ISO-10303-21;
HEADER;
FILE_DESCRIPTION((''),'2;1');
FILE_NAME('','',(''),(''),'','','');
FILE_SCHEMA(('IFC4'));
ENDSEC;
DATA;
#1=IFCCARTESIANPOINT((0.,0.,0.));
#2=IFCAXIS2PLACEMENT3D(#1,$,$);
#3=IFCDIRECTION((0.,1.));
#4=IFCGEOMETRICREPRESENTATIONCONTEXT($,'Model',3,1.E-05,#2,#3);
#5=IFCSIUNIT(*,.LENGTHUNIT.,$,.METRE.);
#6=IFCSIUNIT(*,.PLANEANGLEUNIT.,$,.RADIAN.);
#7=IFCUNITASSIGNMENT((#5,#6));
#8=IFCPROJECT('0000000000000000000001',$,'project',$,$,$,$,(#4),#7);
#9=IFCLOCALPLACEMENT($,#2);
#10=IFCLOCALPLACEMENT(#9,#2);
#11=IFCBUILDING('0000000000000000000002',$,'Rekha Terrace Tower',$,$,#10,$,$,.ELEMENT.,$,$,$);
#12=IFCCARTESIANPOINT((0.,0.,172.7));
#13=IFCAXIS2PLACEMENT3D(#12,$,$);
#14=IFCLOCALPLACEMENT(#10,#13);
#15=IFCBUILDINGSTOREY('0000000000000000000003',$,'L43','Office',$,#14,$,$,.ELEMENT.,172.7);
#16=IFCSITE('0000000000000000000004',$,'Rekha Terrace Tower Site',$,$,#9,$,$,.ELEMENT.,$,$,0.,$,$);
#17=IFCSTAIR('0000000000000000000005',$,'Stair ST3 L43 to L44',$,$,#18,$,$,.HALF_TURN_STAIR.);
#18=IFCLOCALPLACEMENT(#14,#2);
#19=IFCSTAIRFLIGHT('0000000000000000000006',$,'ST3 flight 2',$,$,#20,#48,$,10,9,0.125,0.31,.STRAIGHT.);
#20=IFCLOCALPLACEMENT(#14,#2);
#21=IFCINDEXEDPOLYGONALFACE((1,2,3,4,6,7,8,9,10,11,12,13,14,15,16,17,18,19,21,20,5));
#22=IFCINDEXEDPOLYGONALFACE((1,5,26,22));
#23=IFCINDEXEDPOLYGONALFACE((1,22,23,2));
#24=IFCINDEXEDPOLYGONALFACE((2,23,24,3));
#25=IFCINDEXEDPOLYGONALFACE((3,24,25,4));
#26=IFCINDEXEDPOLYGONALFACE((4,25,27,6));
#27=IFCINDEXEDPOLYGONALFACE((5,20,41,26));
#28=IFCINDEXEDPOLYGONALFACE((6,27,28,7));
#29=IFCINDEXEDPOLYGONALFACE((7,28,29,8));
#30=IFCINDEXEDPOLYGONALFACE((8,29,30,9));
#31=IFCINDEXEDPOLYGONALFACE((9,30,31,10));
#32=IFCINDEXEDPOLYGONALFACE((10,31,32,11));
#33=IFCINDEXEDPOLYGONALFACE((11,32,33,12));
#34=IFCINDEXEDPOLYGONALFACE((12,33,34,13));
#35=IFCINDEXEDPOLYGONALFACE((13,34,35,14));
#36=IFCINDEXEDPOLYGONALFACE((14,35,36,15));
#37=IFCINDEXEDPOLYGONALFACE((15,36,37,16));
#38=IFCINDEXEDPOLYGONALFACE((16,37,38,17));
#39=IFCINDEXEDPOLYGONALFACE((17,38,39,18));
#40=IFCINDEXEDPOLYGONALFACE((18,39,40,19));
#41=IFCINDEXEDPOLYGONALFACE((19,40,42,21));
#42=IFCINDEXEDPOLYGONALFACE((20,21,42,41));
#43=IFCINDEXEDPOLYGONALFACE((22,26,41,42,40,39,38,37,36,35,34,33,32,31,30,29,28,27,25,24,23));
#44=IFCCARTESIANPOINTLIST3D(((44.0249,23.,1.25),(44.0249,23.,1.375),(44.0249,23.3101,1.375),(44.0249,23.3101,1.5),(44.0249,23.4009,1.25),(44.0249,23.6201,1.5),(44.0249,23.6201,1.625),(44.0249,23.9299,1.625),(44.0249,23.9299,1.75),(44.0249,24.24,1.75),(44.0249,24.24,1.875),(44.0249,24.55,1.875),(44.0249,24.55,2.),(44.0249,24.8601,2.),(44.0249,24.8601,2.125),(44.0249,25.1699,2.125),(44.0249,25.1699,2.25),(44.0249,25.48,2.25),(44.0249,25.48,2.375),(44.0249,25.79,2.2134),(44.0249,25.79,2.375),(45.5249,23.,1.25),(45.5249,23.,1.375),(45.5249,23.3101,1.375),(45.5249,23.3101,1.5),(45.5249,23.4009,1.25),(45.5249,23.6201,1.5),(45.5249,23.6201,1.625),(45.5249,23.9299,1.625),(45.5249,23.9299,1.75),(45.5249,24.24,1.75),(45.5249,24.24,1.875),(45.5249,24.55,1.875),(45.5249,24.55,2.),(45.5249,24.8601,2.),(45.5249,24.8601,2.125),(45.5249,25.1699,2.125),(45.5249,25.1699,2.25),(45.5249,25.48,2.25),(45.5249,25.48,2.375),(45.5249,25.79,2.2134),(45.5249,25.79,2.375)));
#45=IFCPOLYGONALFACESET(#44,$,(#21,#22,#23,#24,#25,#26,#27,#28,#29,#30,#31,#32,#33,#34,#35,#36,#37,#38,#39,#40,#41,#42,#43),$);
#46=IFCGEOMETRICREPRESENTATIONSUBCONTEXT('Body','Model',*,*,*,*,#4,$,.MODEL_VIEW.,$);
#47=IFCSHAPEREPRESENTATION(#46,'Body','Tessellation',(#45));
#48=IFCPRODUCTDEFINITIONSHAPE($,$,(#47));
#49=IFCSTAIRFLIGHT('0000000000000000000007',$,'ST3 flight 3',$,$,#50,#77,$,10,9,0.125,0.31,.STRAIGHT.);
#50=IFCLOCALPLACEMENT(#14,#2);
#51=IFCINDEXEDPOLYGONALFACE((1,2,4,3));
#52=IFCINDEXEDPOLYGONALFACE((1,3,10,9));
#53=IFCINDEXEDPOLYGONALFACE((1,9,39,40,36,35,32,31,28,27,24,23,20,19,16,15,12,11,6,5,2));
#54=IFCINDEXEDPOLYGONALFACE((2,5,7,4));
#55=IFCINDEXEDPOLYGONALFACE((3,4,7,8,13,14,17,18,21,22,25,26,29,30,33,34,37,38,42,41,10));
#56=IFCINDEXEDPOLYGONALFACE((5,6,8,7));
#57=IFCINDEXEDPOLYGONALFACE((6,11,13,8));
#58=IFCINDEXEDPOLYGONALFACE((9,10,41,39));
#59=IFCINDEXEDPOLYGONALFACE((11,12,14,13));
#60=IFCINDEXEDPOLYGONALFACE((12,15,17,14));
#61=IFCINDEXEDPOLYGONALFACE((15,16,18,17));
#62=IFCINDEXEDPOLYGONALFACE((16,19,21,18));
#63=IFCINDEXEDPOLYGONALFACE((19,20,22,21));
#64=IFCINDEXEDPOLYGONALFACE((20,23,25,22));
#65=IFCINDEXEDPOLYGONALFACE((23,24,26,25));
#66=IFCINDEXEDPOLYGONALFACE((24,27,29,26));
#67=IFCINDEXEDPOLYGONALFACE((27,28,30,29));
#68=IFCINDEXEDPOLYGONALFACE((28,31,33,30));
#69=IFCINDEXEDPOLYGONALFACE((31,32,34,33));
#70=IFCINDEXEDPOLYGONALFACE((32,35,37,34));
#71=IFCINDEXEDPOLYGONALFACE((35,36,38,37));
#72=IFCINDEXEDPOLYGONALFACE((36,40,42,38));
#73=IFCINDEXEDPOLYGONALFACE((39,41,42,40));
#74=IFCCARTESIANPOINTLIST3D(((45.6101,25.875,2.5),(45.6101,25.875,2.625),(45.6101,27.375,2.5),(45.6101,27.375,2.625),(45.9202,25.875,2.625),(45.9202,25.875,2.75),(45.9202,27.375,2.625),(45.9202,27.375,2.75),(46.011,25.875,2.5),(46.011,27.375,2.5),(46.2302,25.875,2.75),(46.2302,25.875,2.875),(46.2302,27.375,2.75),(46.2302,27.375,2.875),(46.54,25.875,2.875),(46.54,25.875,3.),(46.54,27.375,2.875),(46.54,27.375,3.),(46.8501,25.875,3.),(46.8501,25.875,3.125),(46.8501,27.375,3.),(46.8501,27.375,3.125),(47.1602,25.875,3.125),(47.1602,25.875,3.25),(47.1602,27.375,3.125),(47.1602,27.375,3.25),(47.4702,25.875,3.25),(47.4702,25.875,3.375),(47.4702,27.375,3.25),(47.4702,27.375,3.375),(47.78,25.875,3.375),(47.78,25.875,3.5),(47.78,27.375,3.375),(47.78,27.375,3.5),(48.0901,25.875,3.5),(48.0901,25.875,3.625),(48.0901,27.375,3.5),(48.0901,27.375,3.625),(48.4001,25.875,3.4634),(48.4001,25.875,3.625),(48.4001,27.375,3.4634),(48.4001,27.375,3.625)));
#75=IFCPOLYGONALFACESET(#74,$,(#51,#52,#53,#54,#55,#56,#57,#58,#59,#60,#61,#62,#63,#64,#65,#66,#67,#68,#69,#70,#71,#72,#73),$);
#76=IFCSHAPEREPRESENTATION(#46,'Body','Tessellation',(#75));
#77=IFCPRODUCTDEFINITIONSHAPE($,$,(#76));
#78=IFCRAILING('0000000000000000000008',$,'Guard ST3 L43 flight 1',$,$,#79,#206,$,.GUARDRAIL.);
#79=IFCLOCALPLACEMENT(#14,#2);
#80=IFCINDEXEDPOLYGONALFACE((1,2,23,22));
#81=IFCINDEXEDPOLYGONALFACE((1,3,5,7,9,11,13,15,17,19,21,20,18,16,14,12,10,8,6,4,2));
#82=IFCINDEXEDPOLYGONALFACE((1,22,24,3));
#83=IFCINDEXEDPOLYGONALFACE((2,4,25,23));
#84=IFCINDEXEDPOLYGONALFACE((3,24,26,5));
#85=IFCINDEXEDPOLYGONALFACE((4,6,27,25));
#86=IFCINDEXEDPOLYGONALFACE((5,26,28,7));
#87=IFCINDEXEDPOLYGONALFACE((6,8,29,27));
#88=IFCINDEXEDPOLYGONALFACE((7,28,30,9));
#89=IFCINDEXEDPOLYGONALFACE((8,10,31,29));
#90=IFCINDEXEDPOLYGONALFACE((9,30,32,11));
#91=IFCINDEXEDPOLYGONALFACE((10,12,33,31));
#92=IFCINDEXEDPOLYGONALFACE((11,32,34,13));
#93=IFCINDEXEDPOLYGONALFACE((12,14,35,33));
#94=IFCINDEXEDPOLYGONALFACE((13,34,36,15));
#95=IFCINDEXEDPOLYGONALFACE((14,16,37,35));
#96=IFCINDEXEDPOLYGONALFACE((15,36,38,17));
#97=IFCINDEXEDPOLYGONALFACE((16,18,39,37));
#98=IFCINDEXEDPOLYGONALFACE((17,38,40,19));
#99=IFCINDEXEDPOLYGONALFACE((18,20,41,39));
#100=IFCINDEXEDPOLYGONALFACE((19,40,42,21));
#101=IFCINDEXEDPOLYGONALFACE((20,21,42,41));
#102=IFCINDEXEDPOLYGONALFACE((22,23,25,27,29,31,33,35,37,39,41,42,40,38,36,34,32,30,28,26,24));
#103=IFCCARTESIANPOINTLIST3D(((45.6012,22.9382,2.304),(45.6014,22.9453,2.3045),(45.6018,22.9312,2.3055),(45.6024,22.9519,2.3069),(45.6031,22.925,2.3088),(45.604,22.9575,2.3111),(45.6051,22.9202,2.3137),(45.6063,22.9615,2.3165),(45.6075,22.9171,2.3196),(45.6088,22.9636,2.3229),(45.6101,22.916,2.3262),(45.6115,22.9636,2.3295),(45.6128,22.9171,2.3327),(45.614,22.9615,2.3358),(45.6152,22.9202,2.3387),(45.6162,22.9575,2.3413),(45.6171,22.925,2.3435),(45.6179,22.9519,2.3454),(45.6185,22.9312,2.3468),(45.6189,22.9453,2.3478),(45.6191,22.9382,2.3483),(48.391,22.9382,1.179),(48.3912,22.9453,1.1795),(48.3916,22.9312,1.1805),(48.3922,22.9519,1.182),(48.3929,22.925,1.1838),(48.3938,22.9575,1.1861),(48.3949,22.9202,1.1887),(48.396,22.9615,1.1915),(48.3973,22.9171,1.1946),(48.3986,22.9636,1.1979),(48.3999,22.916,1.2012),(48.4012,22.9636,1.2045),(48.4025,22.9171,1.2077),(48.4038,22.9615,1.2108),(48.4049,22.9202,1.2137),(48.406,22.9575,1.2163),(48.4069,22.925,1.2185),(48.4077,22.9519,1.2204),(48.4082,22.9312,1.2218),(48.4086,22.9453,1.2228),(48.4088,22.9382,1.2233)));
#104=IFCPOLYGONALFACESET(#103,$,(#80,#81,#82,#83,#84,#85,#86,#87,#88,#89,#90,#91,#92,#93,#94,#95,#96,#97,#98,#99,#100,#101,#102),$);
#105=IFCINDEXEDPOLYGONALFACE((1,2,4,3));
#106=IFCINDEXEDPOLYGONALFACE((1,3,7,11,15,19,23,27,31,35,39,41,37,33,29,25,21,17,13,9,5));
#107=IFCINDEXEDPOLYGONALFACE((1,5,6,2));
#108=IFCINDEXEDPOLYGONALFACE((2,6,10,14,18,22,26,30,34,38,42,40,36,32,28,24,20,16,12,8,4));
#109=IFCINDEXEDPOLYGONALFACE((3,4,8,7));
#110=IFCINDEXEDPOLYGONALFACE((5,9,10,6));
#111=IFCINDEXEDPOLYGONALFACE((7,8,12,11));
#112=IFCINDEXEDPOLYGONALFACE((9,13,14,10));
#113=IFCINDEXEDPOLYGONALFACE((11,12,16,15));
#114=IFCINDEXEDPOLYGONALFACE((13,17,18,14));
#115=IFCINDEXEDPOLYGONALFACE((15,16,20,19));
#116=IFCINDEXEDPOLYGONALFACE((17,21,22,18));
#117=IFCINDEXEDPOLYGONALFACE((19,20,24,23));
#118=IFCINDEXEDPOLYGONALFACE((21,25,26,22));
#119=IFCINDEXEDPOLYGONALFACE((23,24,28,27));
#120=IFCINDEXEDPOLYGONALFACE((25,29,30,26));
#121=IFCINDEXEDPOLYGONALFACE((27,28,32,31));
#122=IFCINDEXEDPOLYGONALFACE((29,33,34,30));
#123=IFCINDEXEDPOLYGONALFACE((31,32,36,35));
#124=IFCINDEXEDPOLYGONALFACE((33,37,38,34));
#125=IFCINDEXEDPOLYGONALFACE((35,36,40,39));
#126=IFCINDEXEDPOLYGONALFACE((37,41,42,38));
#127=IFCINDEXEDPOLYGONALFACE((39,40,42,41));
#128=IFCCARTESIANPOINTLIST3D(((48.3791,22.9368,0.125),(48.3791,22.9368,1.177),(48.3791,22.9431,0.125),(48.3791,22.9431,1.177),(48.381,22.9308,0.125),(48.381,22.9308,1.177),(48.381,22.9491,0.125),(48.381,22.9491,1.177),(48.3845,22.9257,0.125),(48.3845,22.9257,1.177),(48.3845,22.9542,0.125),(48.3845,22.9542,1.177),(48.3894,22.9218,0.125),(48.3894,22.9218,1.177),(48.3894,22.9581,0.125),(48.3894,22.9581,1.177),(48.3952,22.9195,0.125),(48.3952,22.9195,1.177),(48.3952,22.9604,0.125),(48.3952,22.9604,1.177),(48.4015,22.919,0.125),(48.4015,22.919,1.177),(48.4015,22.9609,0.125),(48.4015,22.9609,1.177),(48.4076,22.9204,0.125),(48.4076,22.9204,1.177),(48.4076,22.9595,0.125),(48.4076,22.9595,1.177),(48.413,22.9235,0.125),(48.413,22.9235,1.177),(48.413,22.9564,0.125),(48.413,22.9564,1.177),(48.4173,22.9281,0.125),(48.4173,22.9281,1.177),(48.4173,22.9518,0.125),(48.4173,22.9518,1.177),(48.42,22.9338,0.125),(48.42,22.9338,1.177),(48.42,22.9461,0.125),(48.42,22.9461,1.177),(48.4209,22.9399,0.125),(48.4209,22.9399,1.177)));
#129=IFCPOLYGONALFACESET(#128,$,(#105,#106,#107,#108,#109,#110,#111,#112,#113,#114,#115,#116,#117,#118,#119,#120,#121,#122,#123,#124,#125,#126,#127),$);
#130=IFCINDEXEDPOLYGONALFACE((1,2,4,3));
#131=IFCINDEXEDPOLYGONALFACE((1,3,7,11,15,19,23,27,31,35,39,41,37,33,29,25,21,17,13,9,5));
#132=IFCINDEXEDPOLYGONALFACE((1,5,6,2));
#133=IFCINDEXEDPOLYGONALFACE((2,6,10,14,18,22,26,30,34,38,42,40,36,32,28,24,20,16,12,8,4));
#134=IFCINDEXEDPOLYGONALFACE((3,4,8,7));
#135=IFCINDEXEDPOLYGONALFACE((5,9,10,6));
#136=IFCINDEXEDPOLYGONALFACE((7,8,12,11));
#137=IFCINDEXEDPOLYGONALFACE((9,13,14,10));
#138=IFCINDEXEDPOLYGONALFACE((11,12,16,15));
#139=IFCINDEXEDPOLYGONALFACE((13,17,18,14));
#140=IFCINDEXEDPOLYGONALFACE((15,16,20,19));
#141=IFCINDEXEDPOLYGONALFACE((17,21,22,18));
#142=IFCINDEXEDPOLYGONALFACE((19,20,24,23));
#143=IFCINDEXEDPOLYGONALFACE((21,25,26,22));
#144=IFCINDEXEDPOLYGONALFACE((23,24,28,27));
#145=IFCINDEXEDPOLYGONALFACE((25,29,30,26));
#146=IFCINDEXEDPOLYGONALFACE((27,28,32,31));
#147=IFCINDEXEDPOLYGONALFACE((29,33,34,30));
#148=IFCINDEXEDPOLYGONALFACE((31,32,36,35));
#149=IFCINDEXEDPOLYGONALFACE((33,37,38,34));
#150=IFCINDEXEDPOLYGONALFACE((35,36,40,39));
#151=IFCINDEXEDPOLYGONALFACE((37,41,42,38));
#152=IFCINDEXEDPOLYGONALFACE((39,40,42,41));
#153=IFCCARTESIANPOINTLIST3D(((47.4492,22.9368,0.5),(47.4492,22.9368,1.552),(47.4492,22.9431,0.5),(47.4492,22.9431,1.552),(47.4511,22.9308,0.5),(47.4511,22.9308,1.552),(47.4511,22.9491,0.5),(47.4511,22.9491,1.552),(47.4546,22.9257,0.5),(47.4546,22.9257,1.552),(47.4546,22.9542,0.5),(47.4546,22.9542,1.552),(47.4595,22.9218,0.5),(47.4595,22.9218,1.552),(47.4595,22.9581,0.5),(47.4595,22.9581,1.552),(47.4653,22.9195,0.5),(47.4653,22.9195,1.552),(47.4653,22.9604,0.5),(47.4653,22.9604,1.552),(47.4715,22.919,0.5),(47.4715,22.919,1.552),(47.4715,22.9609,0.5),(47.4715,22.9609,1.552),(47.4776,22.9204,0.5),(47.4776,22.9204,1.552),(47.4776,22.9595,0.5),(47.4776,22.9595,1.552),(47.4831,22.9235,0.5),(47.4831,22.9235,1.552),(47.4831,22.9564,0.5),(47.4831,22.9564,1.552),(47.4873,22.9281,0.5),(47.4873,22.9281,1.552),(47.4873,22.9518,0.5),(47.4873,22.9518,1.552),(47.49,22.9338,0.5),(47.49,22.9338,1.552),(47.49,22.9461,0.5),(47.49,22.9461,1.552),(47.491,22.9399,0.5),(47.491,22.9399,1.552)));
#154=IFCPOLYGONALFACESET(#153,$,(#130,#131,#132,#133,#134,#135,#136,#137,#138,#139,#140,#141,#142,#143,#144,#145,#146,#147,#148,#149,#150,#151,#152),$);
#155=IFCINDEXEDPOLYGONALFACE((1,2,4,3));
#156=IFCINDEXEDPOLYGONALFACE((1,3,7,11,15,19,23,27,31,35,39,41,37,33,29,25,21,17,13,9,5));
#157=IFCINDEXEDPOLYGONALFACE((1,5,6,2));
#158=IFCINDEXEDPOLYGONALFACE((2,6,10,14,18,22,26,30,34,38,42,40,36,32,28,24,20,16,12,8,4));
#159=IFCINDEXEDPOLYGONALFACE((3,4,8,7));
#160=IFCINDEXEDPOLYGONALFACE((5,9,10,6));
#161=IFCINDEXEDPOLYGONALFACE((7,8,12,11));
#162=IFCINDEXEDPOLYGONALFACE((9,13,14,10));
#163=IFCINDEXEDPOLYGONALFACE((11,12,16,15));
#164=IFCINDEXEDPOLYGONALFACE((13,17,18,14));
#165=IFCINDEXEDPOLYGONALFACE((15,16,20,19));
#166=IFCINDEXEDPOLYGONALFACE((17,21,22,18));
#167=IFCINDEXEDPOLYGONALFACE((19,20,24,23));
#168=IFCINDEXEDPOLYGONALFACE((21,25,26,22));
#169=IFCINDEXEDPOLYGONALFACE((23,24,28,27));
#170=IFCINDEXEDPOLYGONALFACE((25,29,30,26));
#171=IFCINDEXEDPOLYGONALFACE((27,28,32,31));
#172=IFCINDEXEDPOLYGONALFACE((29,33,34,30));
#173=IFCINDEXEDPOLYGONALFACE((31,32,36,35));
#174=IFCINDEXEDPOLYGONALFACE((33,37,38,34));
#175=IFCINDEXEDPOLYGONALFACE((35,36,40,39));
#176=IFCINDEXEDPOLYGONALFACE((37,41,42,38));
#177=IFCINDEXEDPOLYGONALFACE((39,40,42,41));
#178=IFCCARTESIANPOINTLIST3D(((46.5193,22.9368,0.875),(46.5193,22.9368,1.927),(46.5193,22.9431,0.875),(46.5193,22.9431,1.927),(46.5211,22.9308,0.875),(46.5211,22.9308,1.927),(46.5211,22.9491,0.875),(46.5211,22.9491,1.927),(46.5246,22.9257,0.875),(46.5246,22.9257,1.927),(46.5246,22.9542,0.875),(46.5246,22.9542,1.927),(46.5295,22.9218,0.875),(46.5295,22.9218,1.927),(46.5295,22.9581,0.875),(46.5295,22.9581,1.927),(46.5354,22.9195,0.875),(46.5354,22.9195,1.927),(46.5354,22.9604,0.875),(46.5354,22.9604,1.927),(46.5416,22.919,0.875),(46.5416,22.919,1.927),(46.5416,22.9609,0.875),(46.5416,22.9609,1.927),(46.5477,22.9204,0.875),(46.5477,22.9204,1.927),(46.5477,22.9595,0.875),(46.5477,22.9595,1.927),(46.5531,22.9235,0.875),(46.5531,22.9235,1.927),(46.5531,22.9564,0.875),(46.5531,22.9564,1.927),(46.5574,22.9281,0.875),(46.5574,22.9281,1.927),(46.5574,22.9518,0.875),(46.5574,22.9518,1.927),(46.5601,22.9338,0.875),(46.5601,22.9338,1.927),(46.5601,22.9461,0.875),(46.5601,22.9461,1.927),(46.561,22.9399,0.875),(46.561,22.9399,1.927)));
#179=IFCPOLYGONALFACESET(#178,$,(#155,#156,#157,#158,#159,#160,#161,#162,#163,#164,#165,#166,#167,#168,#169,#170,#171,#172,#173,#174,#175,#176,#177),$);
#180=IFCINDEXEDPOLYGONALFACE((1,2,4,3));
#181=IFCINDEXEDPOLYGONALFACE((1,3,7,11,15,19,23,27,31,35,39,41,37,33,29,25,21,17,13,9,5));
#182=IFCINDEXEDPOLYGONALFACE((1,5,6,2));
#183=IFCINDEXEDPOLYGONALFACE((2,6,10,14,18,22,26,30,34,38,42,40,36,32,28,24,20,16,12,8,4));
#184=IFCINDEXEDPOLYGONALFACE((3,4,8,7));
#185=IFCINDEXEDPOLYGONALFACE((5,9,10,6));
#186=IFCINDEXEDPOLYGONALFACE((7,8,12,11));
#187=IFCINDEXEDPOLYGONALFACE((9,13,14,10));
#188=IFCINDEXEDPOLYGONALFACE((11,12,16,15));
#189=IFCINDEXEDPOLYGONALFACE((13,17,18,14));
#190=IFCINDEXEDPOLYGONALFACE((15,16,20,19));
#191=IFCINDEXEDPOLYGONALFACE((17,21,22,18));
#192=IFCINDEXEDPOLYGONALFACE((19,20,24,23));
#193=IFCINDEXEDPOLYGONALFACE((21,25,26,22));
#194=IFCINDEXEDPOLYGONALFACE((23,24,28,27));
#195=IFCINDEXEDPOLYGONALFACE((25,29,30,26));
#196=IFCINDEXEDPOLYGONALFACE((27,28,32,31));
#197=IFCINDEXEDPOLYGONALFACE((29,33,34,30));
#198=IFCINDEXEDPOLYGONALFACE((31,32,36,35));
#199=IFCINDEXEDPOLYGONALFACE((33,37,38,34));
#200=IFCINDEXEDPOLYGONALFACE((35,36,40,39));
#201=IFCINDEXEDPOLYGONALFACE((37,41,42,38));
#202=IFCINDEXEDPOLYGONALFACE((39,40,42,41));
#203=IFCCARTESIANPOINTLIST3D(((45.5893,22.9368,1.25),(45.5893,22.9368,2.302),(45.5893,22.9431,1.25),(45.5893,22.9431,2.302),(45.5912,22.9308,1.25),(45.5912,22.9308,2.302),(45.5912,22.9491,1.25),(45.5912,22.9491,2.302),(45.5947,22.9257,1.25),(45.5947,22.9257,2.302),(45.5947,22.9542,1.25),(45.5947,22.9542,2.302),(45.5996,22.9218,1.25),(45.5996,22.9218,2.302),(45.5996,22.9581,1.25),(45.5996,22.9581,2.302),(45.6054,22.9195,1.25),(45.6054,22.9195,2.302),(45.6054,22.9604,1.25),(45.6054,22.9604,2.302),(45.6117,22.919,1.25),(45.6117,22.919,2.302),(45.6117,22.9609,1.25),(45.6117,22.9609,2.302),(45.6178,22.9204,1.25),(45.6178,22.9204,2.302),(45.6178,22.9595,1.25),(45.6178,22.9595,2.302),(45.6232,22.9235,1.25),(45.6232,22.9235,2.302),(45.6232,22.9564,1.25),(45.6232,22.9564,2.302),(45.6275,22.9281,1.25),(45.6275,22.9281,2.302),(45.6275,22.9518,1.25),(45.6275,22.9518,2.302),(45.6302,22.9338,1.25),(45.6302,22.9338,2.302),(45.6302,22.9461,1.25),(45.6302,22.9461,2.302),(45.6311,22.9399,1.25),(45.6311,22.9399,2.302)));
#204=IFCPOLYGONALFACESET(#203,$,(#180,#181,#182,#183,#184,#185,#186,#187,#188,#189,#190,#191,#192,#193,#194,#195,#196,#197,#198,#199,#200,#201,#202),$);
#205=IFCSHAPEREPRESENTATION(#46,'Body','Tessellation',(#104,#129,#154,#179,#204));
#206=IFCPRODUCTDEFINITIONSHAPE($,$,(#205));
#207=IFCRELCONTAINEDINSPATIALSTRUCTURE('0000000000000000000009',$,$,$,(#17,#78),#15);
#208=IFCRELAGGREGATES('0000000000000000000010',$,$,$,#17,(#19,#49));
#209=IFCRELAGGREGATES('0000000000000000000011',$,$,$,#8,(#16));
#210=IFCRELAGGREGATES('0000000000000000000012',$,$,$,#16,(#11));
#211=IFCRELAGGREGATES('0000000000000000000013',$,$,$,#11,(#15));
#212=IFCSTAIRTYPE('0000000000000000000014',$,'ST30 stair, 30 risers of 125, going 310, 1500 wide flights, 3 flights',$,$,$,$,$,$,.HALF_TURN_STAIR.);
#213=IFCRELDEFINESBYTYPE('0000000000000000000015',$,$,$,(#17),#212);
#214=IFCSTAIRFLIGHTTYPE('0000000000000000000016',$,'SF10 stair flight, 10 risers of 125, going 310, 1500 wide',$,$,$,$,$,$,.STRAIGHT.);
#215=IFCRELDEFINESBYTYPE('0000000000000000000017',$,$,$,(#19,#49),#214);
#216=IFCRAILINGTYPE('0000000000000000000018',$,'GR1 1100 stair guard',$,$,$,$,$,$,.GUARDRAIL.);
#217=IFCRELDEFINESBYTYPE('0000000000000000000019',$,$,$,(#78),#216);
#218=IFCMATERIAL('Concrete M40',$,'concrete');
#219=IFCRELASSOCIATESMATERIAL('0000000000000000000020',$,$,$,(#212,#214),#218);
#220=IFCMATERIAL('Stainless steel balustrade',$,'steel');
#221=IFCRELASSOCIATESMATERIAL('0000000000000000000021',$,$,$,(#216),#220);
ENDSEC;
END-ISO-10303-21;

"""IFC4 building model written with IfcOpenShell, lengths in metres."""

from ifc_helpers import new_model, si_unit, direction, frame, origin, origin_2d, place, context, subcontext, project, spatial, polyline, circle, outline, extrude, material, type_object, element, aggregate, save


model = new_model("IFC4")

# Units and contexts
model_context = context("Model", 3, precision=1e-05, world=origin(), true_north=direction((0.0, 1.0)))
body_context = subcontext(model_context, "Body", "Model", "MODEL_VIEW")
ifc_project = project(units=[si_unit("LENGTHUNIT", "METRE"), si_unit("PLANEANGLEUNIT", "RADIAN")], contexts=[model_context])

# Site, building, storey
site_placement = place(None, origin())
site = spatial("IfcSite", under=ifc_project, at=site_placement, Name="Rekha Terrace Tower Site", CompositionType="ELEMENT", RefElevation=0.0)
building_placement = place(site_placement, origin())
building = spatial("IfcBuilding", under=site, at=building_placement, Name="Rekha Terrace Tower", CompositionType="ELEMENT")
storey_placement = place(building_placement, frame((0.0, 0.0, 172.7)))
storey = spatial("IfcBuildingStorey", under=building, at=storey_placement, Name="L43", Description="Office", CompositionType="ELEMENT", Elevation=172.7)

# Stair, stair flights
ifc_material_1 = material(Name="Concrete M40", Category="concrete")
stair_type = type_object("IfcStairType", Name="ST30 stair, 30 risers of 125, going 310, 1500 wide flights, 3 flights", PredefinedType="HALF_TURN_STAIR", material=ifc_material_1)
stair_placement = place(storey_placement, origin())
stair = element("IfcStair", 1, at=stair_placement, inside=storey, type_object=stair_type, Name="Stair ST3 L43 to L44", PredefinedType="HALF_TURN_STAIR")
stair_flight_type = type_object("IfcStairFlightType", Name="SF10 stair flight, 10 risers of 125, going 310, 1500 wide", PredefinedType="STRAIGHT", material=ifc_material_1)
stair_flight_1_placement = place(storey_placement, frame((44.7749, 23.0, 1.25), z_axis=(0.0, 0.0, 1.0), x_axis=(0.0, 1.0, 0.0)))
stair_flight_1 = element("IfcStairFlight", 2, at=stair_flight_1_placement, type_object=stair_flight_type, Name="ST3 flight 2", NumberOfRisers=10, NumberOfTreads=9, PredefinedType="STRAIGHT", RiserHeight=0.125, TreadLength=0.31, context=body_context, shape_type="SweptSolid", body=[
    extrude(outline(polyline([(0.0, 0.0), (0.0, 0.125), (0.3101, 0.125), (0.3101, 0.25), (0.6201, 0.25), (0.6201, 0.375), (0.9299, 0.375), (0.9299, 0.5), (1.24, 0.5), (1.24, 0.625), (1.55, 0.625), (1.55, 0.75), (1.8601, 0.75), (1.8601, 0.875), (2.1699, 0.875), (2.1699, 1.0), (2.48, 1.0), (2.48, 1.125), (2.79, 1.125), (2.79, 1.25), (2.79, 0.9634), (0.4009, 0.0), (0.0, 0.0)])), frame((0.0, 0.75, 0.0), z_axis=(0.0, -1.0, 0.0), x_axis=(1.0, 0.0, 0.0)), (0.0, 0.0, 1.0), 1.5),
])
stair_flight_2_placement = place(storey_placement, frame((45.6101, 26.625, 2.5), z_axis=(0.0, 0.0, 1.0), x_axis=(1.0, 0.0, 0.0)))
stair_flight_2 = element("IfcStairFlight", 3, at=stair_flight_2_placement, type_object=stair_flight_type, Name="ST3 flight 3", NumberOfRisers=10, NumberOfTreads=9, PredefinedType="STRAIGHT", RiserHeight=0.125, TreadLength=0.31, context=body_context, shape_type="SweptSolid", body=[
    extrude(outline(polyline([(0.0, 0.0), (0.0, 0.125), (0.3101, 0.125), (0.3101, 0.25), (0.6201, 0.25), (0.6201, 0.375), (0.9299, 0.375), (0.9299, 0.5), (1.24, 0.5), (1.24, 0.625), (1.55, 0.625), (1.55, 0.75), (1.8601, 0.75), (1.8601, 0.875), (2.1699, 0.875), (2.1699, 1.0), (2.48, 1.0), (2.48, 1.125), (2.79, 1.125), (2.79, 1.25), (2.79, 0.9634), (0.4009, 0.0), (0.0, 0.0)])), frame((0.0, 0.75, 0.0), z_axis=(0.0, -1.0, 0.0), x_axis=(1.0, 0.0, 0.0)), (0.0, 0.0, 1.0), 1.5),
])
aggregate(stair, [stair_flight_1, stair_flight_2])

# Railing
ifc_material_2 = material(Name="Stainless steel balustrade", Category="steel")
railing_type_1 = type_object("IfcRailingType", Name="GR1 1100 stair guard", PredefinedType="GUARDRAIL", material=ifc_material_2)
railing_1_placement = place(storey_placement, frame((48.3999, 22.9399, 0.125)))
element("IfcRailing", 4, at=railing_1_placement, inside=storey, type_object=railing_type_1, Name="Guard ST3 L43 flight 1", PredefinedType="GUARDRAIL", context=body_context, shape_type="SweptSolid", body=[
    extrude(circle(Radius=0.0239, at=origin_2d()), frame((0.0, 0.0, 1.0762), z_axis=(-0.927432, 0.0, 0.373992), x_axis=(0.0, -1.0, 0.0)), (0.0, 0.0, 1.0), 3.0081),
    extrude(circle(Radius=0.021, at=origin_2d()), origin(), (0.0, 0.0, 1.0), 1.052),
    extrude(circle(Radius=0.021, at=origin_2d()), frame((-0.9299, 0.0, 0.375)), (0.0, 0.0, 1.0), 1.052),
    extrude(circle(Radius=0.021, at=origin_2d()), frame((-1.8599, 0.0, 0.75)), (0.0, 0.0, 1.0), 1.052),
    extrude(circle(Radius=0.021, at=origin_2d()), frame((-2.7898, 0.0, 1.125)), (0.0, 0.0, 1.0), 1.052),
])

save(model, "model.ifc")
